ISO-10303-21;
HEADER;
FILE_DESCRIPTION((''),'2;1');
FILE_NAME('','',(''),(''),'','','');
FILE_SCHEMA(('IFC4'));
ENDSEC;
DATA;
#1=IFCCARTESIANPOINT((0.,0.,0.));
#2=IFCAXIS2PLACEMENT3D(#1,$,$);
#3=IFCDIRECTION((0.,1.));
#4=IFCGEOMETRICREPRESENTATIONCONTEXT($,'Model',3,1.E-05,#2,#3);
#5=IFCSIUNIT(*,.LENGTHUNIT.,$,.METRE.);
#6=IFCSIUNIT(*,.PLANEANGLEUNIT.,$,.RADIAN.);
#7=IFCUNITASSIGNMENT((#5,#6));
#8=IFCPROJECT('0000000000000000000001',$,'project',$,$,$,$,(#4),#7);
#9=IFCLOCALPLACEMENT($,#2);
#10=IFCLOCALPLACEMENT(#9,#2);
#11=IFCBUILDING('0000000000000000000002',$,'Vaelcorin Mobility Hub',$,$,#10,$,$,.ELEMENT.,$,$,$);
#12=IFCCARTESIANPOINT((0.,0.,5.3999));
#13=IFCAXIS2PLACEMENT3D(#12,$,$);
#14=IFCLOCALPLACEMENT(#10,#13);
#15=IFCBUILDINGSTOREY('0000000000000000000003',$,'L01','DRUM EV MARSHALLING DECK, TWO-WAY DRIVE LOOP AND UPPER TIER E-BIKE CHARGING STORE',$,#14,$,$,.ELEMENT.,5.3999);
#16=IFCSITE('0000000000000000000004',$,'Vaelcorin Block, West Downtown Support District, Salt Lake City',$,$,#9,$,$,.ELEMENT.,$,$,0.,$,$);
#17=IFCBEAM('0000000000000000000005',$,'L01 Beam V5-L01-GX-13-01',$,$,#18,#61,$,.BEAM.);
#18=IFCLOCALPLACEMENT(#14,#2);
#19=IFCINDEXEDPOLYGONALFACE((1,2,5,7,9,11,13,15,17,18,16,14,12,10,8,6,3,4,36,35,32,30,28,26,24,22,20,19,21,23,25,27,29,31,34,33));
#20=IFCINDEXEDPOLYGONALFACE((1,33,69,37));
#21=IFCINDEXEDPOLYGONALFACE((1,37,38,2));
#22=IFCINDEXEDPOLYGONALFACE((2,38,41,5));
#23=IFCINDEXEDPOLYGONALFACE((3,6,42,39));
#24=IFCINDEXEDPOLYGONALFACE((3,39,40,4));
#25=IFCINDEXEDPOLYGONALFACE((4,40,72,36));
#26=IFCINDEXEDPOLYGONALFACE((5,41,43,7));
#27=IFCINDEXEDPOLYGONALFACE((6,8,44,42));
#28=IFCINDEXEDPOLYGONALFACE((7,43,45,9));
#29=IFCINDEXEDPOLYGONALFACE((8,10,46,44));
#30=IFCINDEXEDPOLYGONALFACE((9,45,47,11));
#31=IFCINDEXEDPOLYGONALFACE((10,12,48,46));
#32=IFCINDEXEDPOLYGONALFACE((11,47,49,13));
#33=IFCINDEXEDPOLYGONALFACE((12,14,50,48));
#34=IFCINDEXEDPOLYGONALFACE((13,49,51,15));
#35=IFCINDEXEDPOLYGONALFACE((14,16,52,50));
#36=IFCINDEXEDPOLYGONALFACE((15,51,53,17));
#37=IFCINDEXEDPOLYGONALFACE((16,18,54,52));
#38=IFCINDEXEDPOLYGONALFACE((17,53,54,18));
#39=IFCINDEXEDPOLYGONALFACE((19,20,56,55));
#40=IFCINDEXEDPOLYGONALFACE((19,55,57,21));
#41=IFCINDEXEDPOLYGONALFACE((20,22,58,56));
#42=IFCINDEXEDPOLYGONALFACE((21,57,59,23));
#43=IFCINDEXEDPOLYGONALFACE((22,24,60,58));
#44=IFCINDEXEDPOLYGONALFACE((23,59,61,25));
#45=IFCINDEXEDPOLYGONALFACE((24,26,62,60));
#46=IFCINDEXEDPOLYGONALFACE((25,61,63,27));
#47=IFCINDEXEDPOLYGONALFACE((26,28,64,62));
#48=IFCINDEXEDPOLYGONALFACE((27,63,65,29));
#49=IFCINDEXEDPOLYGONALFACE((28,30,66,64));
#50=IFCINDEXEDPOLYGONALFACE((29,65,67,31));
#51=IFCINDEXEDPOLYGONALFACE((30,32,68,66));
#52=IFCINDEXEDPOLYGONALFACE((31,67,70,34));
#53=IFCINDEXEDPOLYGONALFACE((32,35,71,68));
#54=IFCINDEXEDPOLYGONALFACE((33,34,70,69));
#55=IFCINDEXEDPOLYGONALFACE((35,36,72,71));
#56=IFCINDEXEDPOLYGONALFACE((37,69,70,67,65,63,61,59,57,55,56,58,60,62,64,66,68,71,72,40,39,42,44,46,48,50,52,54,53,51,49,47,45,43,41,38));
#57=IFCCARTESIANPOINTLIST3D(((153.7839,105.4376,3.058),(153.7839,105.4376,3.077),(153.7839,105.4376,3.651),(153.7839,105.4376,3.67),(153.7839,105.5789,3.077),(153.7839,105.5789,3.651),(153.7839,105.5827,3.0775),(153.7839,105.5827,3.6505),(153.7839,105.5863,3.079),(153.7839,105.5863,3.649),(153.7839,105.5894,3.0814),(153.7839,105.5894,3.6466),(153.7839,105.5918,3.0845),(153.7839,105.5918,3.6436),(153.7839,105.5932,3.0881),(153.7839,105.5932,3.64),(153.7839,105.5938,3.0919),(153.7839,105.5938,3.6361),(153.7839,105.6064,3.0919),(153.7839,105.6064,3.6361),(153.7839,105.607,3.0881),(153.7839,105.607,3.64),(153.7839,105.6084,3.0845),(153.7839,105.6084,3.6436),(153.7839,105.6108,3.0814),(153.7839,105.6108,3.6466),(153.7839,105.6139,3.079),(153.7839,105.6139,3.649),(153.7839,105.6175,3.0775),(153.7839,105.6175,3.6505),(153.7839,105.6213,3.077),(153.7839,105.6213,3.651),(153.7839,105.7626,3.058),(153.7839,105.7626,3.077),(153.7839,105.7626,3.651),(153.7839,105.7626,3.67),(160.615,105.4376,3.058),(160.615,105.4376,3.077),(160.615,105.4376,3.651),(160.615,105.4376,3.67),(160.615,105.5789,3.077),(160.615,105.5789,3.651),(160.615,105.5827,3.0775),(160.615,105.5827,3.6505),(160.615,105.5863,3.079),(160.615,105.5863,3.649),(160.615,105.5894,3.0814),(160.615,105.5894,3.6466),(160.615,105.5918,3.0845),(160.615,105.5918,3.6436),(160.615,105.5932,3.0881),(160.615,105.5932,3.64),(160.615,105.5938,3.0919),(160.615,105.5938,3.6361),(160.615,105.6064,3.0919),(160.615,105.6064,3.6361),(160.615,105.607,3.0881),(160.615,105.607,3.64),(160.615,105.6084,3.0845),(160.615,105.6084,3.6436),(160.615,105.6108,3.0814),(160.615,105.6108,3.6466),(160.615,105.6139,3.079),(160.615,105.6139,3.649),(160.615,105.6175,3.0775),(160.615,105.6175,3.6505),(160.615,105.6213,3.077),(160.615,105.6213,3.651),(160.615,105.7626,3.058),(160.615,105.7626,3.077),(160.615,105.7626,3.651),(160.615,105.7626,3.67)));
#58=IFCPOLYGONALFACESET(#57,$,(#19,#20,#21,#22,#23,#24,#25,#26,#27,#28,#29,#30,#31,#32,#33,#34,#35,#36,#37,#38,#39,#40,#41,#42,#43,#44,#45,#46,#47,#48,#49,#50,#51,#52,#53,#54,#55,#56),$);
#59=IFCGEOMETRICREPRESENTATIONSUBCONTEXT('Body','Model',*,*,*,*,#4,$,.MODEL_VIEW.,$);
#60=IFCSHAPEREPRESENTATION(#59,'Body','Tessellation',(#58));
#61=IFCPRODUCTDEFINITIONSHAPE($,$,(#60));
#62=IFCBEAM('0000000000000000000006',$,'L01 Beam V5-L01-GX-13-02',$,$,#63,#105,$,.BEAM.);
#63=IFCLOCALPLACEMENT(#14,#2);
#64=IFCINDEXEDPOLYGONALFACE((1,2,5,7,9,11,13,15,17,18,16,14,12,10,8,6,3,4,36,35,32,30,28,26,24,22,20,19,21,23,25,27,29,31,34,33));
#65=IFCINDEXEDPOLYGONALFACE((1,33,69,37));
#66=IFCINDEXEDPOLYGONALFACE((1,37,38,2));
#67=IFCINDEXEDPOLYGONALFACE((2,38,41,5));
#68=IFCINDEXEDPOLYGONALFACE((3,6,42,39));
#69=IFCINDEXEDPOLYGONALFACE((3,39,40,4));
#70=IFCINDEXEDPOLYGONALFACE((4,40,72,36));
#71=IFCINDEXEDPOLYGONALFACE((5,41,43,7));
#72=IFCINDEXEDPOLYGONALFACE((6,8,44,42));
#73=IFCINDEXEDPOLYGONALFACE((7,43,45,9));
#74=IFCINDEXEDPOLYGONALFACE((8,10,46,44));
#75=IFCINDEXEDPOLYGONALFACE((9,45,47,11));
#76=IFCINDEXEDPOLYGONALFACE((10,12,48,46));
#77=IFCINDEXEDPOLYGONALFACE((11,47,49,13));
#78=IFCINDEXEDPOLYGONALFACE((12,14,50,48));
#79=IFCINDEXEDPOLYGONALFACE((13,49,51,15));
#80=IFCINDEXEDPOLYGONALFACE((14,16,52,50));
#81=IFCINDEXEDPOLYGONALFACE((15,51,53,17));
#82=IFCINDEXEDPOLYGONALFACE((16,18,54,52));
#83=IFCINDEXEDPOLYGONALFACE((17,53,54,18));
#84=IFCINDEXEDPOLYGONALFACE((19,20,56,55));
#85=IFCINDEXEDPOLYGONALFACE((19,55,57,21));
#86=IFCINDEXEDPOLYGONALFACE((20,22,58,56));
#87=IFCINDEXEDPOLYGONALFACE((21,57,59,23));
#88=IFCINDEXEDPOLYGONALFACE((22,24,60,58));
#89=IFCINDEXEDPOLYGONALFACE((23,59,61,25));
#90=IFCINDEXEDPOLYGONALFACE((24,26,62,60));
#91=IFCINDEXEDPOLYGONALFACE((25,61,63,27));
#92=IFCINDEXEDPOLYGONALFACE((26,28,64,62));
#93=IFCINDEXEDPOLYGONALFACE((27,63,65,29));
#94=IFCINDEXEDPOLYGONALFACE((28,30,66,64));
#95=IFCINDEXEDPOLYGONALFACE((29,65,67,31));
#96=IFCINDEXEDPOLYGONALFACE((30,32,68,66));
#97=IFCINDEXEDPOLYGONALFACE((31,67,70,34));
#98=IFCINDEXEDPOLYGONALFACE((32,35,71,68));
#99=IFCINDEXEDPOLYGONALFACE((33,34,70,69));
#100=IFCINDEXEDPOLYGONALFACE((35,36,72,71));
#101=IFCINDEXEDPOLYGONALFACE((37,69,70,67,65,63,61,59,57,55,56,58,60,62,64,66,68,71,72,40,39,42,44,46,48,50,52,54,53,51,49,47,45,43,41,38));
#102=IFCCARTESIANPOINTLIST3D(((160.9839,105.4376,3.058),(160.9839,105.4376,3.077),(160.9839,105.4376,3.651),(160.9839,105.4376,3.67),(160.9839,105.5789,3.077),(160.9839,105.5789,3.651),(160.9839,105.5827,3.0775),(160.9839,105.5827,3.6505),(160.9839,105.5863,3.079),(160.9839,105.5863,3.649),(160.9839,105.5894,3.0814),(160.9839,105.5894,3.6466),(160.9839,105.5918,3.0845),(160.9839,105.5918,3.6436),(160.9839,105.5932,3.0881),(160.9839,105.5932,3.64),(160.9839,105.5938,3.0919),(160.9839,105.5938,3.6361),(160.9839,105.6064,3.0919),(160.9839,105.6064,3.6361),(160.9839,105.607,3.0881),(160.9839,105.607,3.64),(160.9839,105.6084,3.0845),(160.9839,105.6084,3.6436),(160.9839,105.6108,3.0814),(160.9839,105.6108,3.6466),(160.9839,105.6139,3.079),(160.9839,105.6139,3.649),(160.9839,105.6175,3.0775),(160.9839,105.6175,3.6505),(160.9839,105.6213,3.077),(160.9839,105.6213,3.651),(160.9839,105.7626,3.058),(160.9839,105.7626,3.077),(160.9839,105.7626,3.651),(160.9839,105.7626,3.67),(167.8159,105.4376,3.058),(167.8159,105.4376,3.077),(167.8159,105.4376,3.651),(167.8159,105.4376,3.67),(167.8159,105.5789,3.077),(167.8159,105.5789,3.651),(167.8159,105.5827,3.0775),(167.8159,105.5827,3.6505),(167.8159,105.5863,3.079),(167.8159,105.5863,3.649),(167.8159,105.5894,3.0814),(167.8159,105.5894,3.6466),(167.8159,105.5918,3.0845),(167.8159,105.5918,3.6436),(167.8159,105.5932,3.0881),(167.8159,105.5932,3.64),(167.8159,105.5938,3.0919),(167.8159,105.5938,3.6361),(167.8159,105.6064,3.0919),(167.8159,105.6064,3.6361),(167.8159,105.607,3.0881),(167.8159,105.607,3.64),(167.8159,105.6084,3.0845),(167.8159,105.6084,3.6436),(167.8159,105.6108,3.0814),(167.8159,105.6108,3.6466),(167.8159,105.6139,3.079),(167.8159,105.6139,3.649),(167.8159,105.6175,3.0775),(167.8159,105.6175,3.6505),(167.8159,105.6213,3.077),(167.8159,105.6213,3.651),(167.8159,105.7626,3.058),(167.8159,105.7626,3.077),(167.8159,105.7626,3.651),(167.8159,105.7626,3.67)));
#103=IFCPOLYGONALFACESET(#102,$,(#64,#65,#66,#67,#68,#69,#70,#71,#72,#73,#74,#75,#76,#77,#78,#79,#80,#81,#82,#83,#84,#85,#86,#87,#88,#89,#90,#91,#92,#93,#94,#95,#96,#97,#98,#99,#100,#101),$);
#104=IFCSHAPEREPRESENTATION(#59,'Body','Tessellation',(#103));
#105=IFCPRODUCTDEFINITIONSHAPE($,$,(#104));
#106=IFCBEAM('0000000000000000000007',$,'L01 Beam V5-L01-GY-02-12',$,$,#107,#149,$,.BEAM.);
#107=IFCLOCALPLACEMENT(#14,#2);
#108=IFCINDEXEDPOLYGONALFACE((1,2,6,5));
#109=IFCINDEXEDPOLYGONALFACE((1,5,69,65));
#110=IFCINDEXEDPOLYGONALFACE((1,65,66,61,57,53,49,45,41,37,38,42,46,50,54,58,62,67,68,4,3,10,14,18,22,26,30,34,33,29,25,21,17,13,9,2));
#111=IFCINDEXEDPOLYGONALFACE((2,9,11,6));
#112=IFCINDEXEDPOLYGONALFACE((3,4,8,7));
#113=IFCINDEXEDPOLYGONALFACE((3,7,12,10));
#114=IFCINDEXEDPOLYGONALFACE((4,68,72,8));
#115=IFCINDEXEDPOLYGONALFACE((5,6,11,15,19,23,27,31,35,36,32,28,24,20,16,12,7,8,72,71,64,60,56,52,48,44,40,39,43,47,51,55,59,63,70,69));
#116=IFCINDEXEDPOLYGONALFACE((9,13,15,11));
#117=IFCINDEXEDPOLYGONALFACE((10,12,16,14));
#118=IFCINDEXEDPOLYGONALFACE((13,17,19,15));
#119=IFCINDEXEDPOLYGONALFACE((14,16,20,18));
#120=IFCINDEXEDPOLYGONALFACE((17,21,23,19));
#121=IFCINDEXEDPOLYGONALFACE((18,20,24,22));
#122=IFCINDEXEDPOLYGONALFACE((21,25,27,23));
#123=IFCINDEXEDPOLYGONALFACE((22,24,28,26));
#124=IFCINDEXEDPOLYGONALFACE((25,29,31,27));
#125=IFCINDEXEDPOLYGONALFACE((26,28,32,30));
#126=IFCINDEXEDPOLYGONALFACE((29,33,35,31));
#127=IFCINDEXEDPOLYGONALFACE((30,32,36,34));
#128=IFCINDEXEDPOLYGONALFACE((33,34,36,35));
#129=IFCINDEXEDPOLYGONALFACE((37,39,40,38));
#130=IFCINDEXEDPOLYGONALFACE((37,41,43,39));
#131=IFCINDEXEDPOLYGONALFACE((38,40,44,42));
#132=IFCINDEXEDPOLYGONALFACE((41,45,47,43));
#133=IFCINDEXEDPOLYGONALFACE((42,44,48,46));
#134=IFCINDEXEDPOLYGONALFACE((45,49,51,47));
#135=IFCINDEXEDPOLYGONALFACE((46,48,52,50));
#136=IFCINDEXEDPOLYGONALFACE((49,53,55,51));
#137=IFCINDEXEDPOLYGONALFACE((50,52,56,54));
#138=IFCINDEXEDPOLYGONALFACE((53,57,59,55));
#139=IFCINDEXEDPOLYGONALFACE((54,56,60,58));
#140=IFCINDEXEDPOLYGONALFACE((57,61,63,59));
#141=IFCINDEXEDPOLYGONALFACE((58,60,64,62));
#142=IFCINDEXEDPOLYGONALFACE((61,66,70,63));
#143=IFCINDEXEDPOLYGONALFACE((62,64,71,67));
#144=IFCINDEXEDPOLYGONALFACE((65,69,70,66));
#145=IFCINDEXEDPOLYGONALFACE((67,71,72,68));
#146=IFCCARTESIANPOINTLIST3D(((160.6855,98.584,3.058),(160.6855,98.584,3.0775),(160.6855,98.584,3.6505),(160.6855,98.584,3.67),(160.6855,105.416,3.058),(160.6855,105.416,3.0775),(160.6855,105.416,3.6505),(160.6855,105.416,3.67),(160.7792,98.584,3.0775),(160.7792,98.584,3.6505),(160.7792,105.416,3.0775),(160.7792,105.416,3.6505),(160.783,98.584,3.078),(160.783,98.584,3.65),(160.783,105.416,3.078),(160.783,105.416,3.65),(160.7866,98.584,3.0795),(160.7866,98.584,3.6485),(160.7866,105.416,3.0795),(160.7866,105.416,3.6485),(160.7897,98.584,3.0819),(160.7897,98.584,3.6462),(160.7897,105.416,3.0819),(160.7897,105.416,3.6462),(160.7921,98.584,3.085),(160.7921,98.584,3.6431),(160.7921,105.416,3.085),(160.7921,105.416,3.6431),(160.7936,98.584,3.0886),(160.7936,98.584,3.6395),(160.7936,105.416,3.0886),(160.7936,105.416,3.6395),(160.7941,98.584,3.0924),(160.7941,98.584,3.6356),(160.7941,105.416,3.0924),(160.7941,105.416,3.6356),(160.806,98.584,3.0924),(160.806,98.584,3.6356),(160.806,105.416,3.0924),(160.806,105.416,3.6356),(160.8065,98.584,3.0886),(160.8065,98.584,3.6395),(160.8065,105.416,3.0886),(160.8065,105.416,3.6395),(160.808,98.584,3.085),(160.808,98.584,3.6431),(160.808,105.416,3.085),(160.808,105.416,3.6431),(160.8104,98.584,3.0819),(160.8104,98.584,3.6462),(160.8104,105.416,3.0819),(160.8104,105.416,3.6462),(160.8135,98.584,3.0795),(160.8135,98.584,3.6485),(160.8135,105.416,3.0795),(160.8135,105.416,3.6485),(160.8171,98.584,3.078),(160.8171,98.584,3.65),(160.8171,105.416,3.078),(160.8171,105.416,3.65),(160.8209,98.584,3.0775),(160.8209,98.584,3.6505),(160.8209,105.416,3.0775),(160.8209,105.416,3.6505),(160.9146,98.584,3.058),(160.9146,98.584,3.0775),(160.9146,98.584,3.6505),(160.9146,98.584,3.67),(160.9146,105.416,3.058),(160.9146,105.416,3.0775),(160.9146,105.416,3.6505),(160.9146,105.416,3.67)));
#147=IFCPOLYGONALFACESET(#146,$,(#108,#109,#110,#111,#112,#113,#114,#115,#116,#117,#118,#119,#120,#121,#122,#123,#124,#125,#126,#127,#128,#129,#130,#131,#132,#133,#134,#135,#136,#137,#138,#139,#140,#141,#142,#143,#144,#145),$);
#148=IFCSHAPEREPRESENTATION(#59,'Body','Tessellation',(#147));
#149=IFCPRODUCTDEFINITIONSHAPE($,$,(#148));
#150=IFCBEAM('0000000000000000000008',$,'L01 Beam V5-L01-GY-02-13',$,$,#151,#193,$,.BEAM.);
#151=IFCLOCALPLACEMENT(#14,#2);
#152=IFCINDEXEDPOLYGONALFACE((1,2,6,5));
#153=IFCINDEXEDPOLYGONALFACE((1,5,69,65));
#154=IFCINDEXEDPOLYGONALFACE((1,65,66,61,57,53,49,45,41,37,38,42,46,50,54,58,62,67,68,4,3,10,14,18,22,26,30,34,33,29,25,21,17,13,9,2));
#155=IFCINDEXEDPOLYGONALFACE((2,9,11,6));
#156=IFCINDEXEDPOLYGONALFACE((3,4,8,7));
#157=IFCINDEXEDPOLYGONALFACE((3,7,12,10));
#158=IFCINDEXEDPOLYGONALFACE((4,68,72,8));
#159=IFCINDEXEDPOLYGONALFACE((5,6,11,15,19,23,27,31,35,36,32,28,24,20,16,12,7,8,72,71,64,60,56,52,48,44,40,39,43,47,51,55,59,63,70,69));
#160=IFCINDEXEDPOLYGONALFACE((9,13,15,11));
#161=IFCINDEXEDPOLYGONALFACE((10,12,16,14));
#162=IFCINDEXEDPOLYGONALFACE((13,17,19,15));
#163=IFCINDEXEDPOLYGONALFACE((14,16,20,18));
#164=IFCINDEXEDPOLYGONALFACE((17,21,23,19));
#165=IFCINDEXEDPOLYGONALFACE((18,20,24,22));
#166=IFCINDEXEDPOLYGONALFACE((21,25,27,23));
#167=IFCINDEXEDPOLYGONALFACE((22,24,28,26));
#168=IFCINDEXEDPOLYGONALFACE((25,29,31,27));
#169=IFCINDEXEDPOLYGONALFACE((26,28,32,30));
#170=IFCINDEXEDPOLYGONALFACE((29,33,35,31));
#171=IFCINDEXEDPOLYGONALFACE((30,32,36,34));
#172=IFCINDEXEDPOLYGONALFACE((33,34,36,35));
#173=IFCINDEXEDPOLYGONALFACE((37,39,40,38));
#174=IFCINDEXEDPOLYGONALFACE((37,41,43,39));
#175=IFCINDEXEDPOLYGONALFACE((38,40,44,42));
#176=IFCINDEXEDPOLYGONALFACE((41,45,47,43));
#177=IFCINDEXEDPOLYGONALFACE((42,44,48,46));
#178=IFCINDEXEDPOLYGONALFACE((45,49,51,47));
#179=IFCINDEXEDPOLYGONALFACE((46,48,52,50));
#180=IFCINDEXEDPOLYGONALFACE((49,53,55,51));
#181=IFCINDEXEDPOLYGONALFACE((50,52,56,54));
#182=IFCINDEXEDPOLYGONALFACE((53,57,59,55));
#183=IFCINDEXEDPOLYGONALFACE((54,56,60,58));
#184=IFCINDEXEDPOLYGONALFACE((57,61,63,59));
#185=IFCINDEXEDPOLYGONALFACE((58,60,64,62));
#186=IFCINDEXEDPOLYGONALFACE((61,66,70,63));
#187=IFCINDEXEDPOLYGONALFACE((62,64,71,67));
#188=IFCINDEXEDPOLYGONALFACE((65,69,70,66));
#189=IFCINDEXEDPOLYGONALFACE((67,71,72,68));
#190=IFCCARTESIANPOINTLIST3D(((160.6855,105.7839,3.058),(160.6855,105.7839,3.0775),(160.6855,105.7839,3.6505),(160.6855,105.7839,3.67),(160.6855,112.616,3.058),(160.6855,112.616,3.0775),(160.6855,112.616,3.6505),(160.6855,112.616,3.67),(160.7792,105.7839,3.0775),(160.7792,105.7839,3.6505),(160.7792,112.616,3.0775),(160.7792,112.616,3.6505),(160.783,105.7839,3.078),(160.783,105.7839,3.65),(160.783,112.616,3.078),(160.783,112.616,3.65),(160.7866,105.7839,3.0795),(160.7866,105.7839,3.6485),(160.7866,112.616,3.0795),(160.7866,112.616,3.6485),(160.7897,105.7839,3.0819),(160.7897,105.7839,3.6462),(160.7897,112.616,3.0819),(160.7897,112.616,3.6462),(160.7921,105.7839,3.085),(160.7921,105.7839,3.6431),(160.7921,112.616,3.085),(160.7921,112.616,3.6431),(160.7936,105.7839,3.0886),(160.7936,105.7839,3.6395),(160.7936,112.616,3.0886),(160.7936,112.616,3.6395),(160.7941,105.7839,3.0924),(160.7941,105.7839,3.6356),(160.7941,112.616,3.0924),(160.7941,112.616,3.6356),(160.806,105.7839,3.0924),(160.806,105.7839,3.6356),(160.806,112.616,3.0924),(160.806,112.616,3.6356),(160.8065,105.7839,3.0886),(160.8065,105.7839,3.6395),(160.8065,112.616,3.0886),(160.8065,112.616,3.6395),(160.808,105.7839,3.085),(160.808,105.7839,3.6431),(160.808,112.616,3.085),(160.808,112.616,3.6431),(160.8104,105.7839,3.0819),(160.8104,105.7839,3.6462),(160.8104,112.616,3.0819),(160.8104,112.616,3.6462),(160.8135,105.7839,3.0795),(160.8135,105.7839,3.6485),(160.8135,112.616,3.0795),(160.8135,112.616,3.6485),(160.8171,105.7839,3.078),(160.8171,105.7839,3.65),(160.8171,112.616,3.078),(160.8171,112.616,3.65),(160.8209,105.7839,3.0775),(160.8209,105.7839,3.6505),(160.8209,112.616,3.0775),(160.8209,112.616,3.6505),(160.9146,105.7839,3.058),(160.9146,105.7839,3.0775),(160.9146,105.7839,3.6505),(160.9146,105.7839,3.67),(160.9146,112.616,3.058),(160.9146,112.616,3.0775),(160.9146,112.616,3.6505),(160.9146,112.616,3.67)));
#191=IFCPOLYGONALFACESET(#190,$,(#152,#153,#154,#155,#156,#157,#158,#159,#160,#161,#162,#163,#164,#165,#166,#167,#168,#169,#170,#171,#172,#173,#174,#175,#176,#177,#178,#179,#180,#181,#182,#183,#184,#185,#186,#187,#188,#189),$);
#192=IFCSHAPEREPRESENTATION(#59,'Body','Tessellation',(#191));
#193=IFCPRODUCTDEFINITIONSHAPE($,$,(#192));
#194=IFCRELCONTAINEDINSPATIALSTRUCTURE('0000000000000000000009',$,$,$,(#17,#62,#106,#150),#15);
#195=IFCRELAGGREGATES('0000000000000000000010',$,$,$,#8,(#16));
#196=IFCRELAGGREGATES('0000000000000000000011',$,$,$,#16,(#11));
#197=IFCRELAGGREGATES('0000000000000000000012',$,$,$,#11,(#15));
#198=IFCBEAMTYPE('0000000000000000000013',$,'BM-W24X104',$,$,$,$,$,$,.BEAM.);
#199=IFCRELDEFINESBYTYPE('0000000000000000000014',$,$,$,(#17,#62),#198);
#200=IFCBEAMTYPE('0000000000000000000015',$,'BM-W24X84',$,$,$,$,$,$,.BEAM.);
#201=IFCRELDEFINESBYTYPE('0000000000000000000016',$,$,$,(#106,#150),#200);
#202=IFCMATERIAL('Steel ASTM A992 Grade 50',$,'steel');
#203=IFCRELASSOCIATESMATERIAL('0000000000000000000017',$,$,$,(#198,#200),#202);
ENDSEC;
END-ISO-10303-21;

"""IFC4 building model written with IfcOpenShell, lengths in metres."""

from ifc_helpers import new_model, si_unit, direction, frame, origin, origin_2d, place, context, subcontext, project, spatial, i_section, extrude, material, material_profile, profile_set, type_object, element, save


model = new_model("IFC4")

# Units and contexts
model_context = context("Model", 3, precision=1e-05, world=origin(), true_north=direction((0.0, 1.0)))
body_context = subcontext(model_context, "Body", "Model", "MODEL_VIEW")
ifc_project = project(units=[si_unit("LENGTHUNIT", "METRE"), si_unit("PLANEANGLEUNIT", "RADIAN")], contexts=[model_context])

# Site, building, storey
site_placement = place(None, origin())
site = spatial("IfcSite", under=ifc_project, at=site_placement, Name="Vaelcorin Block, West Downtown Support District, Salt Lake City", CompositionType="ELEMENT", RefElevation=0.0)
building_placement = place(site_placement, origin())
building = spatial("IfcBuilding", under=site, at=building_placement, Name="Vaelcorin Mobility Hub", CompositionType="ELEMENT")
storey_placement = place(building_placement, frame((0.0, 0.0, 5.3999)))
storey = spatial("IfcBuildingStorey", under=building, at=storey_placement, Name="L01", Description="DRUM EV MARSHALLING DECK, TWO-WAY DRIVE LOOP AND UPPER TIER E-BIKE CHARGING STORE", CompositionType="ELEMENT", Elevation=5.3999)

# Shared definitions
ifc_material_1 = material(Name="Steel ASTM A992 Grade 50", Category="steel")

# Beams
ifc_material_profile_1 = material_profile(ifc_material_1, i_section(OverallWidth=0.325, OverallDepth=0.6121, WebThickness=0.0127, FlangeThickness=0.019, FilletRadius=0.0149, at=origin_2d()), Name="W24X104")
ifc_profile_set_1 = profile_set([ifc_material_profile_1], Name="Steel ASTM A992 Grade 50")
beam_type_1 = type_object("IfcBeamType", Name="BM-W24X104", PredefinedType="BEAM", material=ifc_profile_set_1)
beam_1_placement = place(storey_placement, frame((153.7839, 105.6001, 3.364), z_axis=(1.0, 0.0, 0.0), x_axis=(0.0, 1.0, 0.0)))
element("IfcBeam", 1, at=beam_1_placement, inside=storey, type_object=beam_type_1, Name="L01 Beam V5-L01-GX-13-01", PredefinedType="BEAM", context=body_context, shape_type="SweptSolid", body=[
    extrude(i_section(OverallWidth=0.325, OverallDepth=0.6121, WebThickness=0.0127, FlangeThickness=0.019, FilletRadius=0.0149, at=origin_2d()), origin(), (0.0, 0.0, 1.0), 6.8311),
])
beam_2_placement = place(storey_placement, frame((160.9839, 105.6001, 3.364), z_axis=(1.0, 0.0, 0.0), x_axis=(0.0, 1.0, 0.0)))
element("IfcBeam", 2, at=beam_2_placement, inside=storey, type_object=beam_type_1, Name="L01 Beam V5-L01-GX-13-02", PredefinedType="BEAM", context=body_context, shape_type="SweptSolid", body=[
    extrude(i_section(OverallWidth=0.325, OverallDepth=0.6121, WebThickness=0.0127, FlangeThickness=0.019, FilletRadius=0.0149, at=origin_2d()), origin(), (0.0, 0.0, 1.0), 6.832),
])
ifc_material_profile_2 = material_profile(ifc_material_1, i_section(OverallWidth=0.229, OverallDepth=0.6121, WebThickness=0.012, FlangeThickness=0.0195, FilletRadius=0.0149, at=origin_2d()), Name="W24X84")
ifc_profile_set_2 = profile_set([ifc_material_profile_2], Name="Steel ASTM A992 Grade 50")
beam_type_2 = type_object("IfcBeamType", Name="BM-W24X84", PredefinedType="BEAM", material=ifc_profile_set_2)
for number, where, z_axis, x_axis, name in (
    (3, (160.8, 98.584, 3.364), (0.0, 1.0, 0.0), (-1.0, 0.0, 0.0), "L01 Beam V5-L01-GY-02-12"),
    (4, (160.8, 105.7839, 3.364), (0.0, 1.0, 0.0), (-1.0, 0.0, 0.0), "L01 Beam V5-L01-GY-02-13"),
):
    element("IfcBeam", number, at=place(storey_placement, frame(where, z_axis=z_axis, x_axis=x_axis)), inside=storey, type_object=beam_type_2, Name=name, PredefinedType="BEAM", context=body_context, shape_type="SweptSolid", body=[
        extrude(i_section(OverallWidth=0.229, OverallDepth=0.6121, WebThickness=0.012, FlangeThickness=0.0195, FilletRadius=0.0149, at=origin_2d()), origin(), (0.0, 0.0, 1.0), 6.832),
    ])

save(model, "model.ifc")
